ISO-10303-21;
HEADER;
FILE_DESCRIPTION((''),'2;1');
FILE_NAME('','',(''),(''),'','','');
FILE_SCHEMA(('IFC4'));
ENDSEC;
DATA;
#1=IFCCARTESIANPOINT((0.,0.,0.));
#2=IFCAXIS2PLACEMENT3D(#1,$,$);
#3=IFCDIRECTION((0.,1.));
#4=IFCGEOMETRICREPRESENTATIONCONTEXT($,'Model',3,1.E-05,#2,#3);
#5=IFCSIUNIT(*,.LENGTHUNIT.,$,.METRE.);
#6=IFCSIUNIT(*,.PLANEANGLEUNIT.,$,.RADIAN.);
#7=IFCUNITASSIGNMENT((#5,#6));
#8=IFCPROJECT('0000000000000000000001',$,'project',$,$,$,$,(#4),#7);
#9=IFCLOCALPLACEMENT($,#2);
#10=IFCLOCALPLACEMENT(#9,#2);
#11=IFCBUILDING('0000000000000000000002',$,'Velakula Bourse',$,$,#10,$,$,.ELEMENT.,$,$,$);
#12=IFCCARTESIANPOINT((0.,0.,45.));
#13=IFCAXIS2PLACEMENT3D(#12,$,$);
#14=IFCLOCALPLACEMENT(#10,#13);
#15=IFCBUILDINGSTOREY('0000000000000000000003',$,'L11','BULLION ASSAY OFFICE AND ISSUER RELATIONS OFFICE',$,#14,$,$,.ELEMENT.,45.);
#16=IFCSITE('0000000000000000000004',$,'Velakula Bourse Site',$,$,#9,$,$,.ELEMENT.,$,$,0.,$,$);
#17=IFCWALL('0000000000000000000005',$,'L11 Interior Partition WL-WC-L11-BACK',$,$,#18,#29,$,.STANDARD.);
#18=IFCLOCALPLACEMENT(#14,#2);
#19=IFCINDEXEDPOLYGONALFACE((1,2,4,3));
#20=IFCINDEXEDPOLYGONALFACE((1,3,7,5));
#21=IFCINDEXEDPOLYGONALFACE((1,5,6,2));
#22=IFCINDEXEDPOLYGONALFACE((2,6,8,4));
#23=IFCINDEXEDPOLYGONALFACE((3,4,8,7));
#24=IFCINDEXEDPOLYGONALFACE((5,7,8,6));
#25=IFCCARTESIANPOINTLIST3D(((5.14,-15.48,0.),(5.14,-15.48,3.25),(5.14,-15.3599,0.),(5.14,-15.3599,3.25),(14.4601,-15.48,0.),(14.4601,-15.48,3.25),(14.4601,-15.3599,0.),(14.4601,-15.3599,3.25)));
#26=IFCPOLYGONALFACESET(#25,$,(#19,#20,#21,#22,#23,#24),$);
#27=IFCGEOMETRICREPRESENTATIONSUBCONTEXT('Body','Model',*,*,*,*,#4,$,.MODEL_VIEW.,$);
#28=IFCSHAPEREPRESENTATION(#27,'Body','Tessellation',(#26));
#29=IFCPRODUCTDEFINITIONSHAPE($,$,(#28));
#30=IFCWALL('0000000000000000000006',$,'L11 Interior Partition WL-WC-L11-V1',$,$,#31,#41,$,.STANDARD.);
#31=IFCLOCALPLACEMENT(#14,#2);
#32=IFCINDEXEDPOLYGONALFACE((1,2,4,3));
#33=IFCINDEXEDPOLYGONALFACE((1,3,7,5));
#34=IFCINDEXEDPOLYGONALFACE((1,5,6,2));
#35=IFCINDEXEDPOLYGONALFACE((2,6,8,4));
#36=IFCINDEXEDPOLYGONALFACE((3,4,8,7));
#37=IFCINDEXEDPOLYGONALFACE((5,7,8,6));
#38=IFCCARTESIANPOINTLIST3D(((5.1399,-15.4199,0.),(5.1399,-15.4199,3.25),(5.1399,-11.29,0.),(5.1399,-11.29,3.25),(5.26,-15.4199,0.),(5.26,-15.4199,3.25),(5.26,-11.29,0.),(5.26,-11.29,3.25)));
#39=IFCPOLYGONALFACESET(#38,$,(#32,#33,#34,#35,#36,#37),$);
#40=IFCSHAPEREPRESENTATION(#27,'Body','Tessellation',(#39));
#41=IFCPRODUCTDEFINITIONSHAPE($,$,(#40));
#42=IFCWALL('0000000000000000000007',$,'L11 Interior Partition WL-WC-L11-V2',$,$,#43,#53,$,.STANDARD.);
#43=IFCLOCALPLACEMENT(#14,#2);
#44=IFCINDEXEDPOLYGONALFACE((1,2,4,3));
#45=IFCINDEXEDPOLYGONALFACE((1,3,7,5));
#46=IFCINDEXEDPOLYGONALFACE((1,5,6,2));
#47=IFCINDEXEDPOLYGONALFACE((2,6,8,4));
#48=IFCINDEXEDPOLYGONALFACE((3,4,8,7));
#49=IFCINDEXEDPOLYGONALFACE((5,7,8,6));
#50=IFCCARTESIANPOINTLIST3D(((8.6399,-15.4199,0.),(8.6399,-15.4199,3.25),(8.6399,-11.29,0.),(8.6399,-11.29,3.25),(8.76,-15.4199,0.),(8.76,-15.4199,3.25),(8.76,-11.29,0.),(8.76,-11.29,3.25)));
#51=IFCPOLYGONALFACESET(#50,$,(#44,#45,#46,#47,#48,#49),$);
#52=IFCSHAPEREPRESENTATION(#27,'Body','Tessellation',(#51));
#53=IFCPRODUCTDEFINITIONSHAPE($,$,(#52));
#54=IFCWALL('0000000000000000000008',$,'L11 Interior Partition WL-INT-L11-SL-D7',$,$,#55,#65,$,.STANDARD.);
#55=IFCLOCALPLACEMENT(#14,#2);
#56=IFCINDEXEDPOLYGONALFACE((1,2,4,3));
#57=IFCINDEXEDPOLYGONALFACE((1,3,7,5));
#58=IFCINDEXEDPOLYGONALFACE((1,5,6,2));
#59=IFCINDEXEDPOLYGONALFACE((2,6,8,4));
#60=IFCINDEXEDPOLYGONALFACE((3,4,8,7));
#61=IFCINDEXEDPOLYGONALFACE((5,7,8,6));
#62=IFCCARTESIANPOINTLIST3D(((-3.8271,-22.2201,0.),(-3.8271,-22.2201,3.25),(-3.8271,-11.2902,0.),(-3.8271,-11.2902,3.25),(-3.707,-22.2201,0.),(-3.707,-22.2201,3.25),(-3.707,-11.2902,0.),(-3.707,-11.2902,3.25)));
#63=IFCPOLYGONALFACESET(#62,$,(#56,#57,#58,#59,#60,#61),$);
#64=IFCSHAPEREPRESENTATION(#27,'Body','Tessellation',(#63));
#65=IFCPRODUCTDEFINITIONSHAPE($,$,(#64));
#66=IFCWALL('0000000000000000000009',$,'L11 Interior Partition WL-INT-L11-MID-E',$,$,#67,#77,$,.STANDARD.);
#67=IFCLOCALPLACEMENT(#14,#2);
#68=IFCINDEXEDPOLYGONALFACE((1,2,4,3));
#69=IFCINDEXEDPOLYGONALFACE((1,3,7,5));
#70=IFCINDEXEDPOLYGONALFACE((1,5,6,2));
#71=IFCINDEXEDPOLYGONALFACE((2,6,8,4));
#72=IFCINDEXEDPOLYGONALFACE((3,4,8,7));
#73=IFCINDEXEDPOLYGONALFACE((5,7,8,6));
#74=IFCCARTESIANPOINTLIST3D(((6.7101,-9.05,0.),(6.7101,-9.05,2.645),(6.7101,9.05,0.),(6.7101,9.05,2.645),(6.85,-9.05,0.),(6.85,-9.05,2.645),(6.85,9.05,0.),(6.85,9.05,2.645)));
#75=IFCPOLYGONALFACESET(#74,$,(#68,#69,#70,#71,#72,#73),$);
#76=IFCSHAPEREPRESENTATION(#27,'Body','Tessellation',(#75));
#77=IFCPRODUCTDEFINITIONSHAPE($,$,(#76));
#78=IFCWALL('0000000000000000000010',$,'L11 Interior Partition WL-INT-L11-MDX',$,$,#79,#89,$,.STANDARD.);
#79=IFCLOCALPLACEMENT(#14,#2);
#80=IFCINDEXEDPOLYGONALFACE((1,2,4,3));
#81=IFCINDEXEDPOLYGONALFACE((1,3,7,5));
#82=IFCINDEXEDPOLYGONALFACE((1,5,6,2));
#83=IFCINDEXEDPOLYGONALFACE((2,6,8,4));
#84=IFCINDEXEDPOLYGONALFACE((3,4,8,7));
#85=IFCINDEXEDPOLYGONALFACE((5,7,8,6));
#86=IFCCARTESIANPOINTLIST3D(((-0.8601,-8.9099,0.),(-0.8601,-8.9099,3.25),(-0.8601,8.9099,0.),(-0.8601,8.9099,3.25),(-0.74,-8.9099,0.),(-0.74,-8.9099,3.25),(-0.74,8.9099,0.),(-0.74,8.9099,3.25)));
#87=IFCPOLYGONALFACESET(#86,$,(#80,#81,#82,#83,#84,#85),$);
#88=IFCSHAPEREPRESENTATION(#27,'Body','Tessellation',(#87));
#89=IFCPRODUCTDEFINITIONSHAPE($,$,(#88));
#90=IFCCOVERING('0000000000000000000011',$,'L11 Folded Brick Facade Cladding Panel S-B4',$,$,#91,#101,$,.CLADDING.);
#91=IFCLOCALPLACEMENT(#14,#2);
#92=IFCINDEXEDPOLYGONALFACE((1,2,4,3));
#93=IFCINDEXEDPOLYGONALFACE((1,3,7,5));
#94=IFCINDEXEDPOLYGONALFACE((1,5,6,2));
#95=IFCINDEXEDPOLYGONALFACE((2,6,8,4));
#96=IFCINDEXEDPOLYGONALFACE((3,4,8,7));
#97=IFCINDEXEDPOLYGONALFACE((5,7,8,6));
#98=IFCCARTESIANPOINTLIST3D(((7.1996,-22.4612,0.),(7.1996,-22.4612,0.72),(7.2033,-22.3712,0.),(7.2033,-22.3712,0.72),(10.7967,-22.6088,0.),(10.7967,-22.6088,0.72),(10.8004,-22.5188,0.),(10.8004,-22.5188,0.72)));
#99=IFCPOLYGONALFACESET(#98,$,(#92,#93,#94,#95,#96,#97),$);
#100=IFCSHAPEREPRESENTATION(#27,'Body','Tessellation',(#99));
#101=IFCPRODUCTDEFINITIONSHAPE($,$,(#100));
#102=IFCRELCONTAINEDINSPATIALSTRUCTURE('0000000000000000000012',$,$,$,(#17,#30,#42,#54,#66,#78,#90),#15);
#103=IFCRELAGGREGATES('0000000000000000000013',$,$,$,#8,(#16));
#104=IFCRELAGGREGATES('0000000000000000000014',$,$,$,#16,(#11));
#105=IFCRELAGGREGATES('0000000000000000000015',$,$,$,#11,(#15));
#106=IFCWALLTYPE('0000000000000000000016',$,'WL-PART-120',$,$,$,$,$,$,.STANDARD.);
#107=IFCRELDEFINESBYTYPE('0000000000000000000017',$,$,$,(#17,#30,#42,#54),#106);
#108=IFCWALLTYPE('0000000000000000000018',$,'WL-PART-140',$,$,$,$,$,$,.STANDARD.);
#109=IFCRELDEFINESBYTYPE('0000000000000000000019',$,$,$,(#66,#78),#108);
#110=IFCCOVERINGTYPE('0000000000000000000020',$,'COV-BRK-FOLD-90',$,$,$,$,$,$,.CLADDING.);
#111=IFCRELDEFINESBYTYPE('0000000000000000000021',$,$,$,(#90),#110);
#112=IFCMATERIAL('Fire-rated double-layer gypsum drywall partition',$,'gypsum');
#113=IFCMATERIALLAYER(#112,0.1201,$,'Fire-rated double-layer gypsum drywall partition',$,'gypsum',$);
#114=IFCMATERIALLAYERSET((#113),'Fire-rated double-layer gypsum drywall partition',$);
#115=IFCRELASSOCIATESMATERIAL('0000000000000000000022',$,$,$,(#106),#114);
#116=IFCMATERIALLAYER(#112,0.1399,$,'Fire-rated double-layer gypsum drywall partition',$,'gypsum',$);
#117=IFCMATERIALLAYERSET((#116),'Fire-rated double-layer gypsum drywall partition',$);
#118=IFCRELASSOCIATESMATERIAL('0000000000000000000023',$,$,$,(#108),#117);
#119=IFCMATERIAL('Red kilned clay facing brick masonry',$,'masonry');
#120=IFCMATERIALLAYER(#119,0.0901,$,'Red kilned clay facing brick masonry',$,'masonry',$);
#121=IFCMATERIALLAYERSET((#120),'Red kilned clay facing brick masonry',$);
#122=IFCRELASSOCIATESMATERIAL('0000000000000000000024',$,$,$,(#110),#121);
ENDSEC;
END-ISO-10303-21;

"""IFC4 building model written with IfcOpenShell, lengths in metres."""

from ifc_helpers import new_model, si_unit, direction, frame, frame_2d, origin, origin_2d, place, context, subcontext, project, spatial, rectangle, extrude, material, layer, layer_set, type_object, element, save


model = new_model("IFC4")

# Units and contexts
model_context = context("Model", 3, precision=1e-05, world=origin(), true_north=direction((0.0, 1.0)))
body_context = subcontext(model_context, "Body", "Model", "MODEL_VIEW")
ifc_project = project(units=[si_unit("LENGTHUNIT", "METRE"), si_unit("PLANEANGLEUNIT", "RADIAN")], contexts=[model_context])

# Site, building, storey
site_placement = place(None, origin())
site = spatial("IfcSite", under=ifc_project, at=site_placement, Name="Velakula Bourse Site", CompositionType="ELEMENT", RefElevation=0.0)
building_placement = place(site_placement, origin())
building = spatial("IfcBuilding", under=site, at=building_placement, Name="Velakula Bourse", CompositionType="ELEMENT")
storey_placement = place(building_placement, frame((0.0, 0.0, 45.0)))
storey = spatial("IfcBuildingStorey", under=building, at=storey_placement, Name="L11", Description="BULLION ASSAY OFFICE AND ISSUER RELATIONS OFFICE", CompositionType="ELEMENT", Elevation=45.0)

# Shared definitions
ifc_material_1 = material(Name="Red kilned clay facing brick masonry", Category="masonry")

# Walls
ifc_material_2 = material(Name="Fire-rated double-layer gypsum drywall partition", Category="gypsum")
ifc_layer_1 = layer(ifc_material_2, 0.1201, Name="Fire-rated double-layer gypsum drywall partition", Category="gypsum")
ifc_layer_set_1 = layer_set([ifc_layer_1], Name="Fire-rated double-layer gypsum drywall partition")
wall_type_1 = type_object("IfcWallType", Name="WL-PART-120", PredefinedType="STANDARD", material=ifc_layer_set_1)
wall_1_placement = place(storey_placement, frame((5.1399, -15.4199, 0.0), z_axis=(0.0, 0.0, 1.0), x_axis=(1.0, 0.0, 0.0)))
element("IfcWall", 1, at=wall_1_placement, inside=storey, type_object=wall_type_1, Name="L11 Interior Partition WL-WC-L11-BACK", PredefinedType="STANDARD", context=body_context, shape_type="SweptSolid", body=[
    extrude(rectangle(XDim=9.3201, YDim=0.1201, at=frame_2d((4.6602, 0.0))), origin(), (0.0, 0.0, 1.0), 3.25),
])
for number, where, z_axis, x_axis, name in (
    (2, (5.2, -15.4199, 0.0), (0.0, 0.0, 1.0), (0.0, 1.0, 0.0), "L11 Interior Partition WL-WC-L11-V1"),
    (3, (8.7, -15.4199, 0.0), (0.0, 0.0, 1.0), (0.0, 1.0, 0.0), "L11 Interior Partition WL-WC-L11-V2"),
):
    element("IfcWall", number, at=place(storey_placement, frame(where, z_axis=z_axis, x_axis=x_axis)), inside=storey, type_object=wall_type_1, Name=name, PredefinedType="STANDARD", context=body_context, shape_type="SweptSolid", body=[
        extrude(rectangle(XDim=4.1299, YDim=0.1201, at=frame_2d((2.0649, 0.0))), origin(), (0.0, 0.0, 1.0), 3.25),
    ])
wall_2_placement = place(storey_placement, frame((-3.7671, -22.22, 0.0), z_axis=(0.0, 0.0, 1.0), x_axis=(0.0, 1.0, 0.0)))
element("IfcWall", 4, at=wall_2_placement, inside=storey, type_object=wall_type_1, Name="L11 Interior Partition WL-INT-L11-SL-D7", PredefinedType="STANDARD", context=body_context, shape_type="SweptSolid", body=[
    extrude(rectangle(XDim=10.9299, YDim=0.1201, at=frame_2d((5.4648, 0.0))), origin(), (0.0, 0.0, 1.0), 3.25),
])
ifc_layer_2 = layer(ifc_material_2, 0.1399, Name="Fire-rated double-layer gypsum drywall partition", Category="gypsum")
ifc_layer_set_2 = layer_set([ifc_layer_2], Name="Fire-rated double-layer gypsum drywall partition")
wall_type_2 = type_object("IfcWallType", Name="WL-PART-140", PredefinedType="STANDARD", material=ifc_layer_set_2)
wall_3_placement = place(storey_placement, frame((6.78, -9.05, 0.0), z_axis=(0.0, 0.0, 1.0), x_axis=(0.0, 1.0, 0.0)))
element("IfcWall", 5, at=wall_3_placement, inside=storey, type_object=wall_type_2, Name="L11 Interior Partition WL-INT-L11-MID-E", PredefinedType="STANDARD", context=body_context, shape_type="SweptSolid", body=[
    extrude(rectangle(XDim=18.1001, YDim=0.1399, at=frame_2d((9.05, 0.0))), origin(), (0.0, 0.0, 1.0), 2.645),
])
wall_4_placement = place(storey_placement, frame((-0.8, -8.9099, 0.0), z_axis=(0.0, 0.0, 1.0), x_axis=(0.0, 1.0, 0.0)))
element("IfcWall", 6, at=wall_4_placement, inside=storey, type_object=wall_type_2, Name="L11 Interior Partition WL-INT-L11-MDX", PredefinedType="STANDARD", context=body_context, shape_type="SweptSolid", body=[
    extrude(rectangle(XDim=17.8198, YDim=0.1201, at=frame_2d((8.9099, 0.0))), origin(), (0.0, 0.0, 1.0), 3.25),
])

# Covering
ifc_layer_3 = layer(ifc_material_1, 0.0901, Name="Red kilned clay facing brick masonry", Category="masonry")
ifc_layer_set_3 = layer_set([ifc_layer_3], Name="Red kilned clay facing brick masonry")
covering_type = type_object("IfcCoveringType", Name="COV-BRK-FOLD-90", PredefinedType="CLADDING", material=ifc_layer_set_3)
covering_placement = place(storey_placement, frame((9.0, -22.49, 0.0), z_axis=(0.0, 0.0, 1.0), x_axis=(0.999159, -0.041004, 0.0)))
element("IfcCovering", 7, at=covering_placement, inside=storey, type_object=covering_type, Name="L11 Folded Brick Facade Cladding Panel S-B4", PredefinedType="CLADDING", context=body_context, shape_type="SweptSolid", body=[
    extrude(rectangle(XDim=3.6001, YDim=0.0901, at=origin_2d()), origin(), (0.0, 0.0, 1.0), 0.72),
])

save(model, "model.ifc")
